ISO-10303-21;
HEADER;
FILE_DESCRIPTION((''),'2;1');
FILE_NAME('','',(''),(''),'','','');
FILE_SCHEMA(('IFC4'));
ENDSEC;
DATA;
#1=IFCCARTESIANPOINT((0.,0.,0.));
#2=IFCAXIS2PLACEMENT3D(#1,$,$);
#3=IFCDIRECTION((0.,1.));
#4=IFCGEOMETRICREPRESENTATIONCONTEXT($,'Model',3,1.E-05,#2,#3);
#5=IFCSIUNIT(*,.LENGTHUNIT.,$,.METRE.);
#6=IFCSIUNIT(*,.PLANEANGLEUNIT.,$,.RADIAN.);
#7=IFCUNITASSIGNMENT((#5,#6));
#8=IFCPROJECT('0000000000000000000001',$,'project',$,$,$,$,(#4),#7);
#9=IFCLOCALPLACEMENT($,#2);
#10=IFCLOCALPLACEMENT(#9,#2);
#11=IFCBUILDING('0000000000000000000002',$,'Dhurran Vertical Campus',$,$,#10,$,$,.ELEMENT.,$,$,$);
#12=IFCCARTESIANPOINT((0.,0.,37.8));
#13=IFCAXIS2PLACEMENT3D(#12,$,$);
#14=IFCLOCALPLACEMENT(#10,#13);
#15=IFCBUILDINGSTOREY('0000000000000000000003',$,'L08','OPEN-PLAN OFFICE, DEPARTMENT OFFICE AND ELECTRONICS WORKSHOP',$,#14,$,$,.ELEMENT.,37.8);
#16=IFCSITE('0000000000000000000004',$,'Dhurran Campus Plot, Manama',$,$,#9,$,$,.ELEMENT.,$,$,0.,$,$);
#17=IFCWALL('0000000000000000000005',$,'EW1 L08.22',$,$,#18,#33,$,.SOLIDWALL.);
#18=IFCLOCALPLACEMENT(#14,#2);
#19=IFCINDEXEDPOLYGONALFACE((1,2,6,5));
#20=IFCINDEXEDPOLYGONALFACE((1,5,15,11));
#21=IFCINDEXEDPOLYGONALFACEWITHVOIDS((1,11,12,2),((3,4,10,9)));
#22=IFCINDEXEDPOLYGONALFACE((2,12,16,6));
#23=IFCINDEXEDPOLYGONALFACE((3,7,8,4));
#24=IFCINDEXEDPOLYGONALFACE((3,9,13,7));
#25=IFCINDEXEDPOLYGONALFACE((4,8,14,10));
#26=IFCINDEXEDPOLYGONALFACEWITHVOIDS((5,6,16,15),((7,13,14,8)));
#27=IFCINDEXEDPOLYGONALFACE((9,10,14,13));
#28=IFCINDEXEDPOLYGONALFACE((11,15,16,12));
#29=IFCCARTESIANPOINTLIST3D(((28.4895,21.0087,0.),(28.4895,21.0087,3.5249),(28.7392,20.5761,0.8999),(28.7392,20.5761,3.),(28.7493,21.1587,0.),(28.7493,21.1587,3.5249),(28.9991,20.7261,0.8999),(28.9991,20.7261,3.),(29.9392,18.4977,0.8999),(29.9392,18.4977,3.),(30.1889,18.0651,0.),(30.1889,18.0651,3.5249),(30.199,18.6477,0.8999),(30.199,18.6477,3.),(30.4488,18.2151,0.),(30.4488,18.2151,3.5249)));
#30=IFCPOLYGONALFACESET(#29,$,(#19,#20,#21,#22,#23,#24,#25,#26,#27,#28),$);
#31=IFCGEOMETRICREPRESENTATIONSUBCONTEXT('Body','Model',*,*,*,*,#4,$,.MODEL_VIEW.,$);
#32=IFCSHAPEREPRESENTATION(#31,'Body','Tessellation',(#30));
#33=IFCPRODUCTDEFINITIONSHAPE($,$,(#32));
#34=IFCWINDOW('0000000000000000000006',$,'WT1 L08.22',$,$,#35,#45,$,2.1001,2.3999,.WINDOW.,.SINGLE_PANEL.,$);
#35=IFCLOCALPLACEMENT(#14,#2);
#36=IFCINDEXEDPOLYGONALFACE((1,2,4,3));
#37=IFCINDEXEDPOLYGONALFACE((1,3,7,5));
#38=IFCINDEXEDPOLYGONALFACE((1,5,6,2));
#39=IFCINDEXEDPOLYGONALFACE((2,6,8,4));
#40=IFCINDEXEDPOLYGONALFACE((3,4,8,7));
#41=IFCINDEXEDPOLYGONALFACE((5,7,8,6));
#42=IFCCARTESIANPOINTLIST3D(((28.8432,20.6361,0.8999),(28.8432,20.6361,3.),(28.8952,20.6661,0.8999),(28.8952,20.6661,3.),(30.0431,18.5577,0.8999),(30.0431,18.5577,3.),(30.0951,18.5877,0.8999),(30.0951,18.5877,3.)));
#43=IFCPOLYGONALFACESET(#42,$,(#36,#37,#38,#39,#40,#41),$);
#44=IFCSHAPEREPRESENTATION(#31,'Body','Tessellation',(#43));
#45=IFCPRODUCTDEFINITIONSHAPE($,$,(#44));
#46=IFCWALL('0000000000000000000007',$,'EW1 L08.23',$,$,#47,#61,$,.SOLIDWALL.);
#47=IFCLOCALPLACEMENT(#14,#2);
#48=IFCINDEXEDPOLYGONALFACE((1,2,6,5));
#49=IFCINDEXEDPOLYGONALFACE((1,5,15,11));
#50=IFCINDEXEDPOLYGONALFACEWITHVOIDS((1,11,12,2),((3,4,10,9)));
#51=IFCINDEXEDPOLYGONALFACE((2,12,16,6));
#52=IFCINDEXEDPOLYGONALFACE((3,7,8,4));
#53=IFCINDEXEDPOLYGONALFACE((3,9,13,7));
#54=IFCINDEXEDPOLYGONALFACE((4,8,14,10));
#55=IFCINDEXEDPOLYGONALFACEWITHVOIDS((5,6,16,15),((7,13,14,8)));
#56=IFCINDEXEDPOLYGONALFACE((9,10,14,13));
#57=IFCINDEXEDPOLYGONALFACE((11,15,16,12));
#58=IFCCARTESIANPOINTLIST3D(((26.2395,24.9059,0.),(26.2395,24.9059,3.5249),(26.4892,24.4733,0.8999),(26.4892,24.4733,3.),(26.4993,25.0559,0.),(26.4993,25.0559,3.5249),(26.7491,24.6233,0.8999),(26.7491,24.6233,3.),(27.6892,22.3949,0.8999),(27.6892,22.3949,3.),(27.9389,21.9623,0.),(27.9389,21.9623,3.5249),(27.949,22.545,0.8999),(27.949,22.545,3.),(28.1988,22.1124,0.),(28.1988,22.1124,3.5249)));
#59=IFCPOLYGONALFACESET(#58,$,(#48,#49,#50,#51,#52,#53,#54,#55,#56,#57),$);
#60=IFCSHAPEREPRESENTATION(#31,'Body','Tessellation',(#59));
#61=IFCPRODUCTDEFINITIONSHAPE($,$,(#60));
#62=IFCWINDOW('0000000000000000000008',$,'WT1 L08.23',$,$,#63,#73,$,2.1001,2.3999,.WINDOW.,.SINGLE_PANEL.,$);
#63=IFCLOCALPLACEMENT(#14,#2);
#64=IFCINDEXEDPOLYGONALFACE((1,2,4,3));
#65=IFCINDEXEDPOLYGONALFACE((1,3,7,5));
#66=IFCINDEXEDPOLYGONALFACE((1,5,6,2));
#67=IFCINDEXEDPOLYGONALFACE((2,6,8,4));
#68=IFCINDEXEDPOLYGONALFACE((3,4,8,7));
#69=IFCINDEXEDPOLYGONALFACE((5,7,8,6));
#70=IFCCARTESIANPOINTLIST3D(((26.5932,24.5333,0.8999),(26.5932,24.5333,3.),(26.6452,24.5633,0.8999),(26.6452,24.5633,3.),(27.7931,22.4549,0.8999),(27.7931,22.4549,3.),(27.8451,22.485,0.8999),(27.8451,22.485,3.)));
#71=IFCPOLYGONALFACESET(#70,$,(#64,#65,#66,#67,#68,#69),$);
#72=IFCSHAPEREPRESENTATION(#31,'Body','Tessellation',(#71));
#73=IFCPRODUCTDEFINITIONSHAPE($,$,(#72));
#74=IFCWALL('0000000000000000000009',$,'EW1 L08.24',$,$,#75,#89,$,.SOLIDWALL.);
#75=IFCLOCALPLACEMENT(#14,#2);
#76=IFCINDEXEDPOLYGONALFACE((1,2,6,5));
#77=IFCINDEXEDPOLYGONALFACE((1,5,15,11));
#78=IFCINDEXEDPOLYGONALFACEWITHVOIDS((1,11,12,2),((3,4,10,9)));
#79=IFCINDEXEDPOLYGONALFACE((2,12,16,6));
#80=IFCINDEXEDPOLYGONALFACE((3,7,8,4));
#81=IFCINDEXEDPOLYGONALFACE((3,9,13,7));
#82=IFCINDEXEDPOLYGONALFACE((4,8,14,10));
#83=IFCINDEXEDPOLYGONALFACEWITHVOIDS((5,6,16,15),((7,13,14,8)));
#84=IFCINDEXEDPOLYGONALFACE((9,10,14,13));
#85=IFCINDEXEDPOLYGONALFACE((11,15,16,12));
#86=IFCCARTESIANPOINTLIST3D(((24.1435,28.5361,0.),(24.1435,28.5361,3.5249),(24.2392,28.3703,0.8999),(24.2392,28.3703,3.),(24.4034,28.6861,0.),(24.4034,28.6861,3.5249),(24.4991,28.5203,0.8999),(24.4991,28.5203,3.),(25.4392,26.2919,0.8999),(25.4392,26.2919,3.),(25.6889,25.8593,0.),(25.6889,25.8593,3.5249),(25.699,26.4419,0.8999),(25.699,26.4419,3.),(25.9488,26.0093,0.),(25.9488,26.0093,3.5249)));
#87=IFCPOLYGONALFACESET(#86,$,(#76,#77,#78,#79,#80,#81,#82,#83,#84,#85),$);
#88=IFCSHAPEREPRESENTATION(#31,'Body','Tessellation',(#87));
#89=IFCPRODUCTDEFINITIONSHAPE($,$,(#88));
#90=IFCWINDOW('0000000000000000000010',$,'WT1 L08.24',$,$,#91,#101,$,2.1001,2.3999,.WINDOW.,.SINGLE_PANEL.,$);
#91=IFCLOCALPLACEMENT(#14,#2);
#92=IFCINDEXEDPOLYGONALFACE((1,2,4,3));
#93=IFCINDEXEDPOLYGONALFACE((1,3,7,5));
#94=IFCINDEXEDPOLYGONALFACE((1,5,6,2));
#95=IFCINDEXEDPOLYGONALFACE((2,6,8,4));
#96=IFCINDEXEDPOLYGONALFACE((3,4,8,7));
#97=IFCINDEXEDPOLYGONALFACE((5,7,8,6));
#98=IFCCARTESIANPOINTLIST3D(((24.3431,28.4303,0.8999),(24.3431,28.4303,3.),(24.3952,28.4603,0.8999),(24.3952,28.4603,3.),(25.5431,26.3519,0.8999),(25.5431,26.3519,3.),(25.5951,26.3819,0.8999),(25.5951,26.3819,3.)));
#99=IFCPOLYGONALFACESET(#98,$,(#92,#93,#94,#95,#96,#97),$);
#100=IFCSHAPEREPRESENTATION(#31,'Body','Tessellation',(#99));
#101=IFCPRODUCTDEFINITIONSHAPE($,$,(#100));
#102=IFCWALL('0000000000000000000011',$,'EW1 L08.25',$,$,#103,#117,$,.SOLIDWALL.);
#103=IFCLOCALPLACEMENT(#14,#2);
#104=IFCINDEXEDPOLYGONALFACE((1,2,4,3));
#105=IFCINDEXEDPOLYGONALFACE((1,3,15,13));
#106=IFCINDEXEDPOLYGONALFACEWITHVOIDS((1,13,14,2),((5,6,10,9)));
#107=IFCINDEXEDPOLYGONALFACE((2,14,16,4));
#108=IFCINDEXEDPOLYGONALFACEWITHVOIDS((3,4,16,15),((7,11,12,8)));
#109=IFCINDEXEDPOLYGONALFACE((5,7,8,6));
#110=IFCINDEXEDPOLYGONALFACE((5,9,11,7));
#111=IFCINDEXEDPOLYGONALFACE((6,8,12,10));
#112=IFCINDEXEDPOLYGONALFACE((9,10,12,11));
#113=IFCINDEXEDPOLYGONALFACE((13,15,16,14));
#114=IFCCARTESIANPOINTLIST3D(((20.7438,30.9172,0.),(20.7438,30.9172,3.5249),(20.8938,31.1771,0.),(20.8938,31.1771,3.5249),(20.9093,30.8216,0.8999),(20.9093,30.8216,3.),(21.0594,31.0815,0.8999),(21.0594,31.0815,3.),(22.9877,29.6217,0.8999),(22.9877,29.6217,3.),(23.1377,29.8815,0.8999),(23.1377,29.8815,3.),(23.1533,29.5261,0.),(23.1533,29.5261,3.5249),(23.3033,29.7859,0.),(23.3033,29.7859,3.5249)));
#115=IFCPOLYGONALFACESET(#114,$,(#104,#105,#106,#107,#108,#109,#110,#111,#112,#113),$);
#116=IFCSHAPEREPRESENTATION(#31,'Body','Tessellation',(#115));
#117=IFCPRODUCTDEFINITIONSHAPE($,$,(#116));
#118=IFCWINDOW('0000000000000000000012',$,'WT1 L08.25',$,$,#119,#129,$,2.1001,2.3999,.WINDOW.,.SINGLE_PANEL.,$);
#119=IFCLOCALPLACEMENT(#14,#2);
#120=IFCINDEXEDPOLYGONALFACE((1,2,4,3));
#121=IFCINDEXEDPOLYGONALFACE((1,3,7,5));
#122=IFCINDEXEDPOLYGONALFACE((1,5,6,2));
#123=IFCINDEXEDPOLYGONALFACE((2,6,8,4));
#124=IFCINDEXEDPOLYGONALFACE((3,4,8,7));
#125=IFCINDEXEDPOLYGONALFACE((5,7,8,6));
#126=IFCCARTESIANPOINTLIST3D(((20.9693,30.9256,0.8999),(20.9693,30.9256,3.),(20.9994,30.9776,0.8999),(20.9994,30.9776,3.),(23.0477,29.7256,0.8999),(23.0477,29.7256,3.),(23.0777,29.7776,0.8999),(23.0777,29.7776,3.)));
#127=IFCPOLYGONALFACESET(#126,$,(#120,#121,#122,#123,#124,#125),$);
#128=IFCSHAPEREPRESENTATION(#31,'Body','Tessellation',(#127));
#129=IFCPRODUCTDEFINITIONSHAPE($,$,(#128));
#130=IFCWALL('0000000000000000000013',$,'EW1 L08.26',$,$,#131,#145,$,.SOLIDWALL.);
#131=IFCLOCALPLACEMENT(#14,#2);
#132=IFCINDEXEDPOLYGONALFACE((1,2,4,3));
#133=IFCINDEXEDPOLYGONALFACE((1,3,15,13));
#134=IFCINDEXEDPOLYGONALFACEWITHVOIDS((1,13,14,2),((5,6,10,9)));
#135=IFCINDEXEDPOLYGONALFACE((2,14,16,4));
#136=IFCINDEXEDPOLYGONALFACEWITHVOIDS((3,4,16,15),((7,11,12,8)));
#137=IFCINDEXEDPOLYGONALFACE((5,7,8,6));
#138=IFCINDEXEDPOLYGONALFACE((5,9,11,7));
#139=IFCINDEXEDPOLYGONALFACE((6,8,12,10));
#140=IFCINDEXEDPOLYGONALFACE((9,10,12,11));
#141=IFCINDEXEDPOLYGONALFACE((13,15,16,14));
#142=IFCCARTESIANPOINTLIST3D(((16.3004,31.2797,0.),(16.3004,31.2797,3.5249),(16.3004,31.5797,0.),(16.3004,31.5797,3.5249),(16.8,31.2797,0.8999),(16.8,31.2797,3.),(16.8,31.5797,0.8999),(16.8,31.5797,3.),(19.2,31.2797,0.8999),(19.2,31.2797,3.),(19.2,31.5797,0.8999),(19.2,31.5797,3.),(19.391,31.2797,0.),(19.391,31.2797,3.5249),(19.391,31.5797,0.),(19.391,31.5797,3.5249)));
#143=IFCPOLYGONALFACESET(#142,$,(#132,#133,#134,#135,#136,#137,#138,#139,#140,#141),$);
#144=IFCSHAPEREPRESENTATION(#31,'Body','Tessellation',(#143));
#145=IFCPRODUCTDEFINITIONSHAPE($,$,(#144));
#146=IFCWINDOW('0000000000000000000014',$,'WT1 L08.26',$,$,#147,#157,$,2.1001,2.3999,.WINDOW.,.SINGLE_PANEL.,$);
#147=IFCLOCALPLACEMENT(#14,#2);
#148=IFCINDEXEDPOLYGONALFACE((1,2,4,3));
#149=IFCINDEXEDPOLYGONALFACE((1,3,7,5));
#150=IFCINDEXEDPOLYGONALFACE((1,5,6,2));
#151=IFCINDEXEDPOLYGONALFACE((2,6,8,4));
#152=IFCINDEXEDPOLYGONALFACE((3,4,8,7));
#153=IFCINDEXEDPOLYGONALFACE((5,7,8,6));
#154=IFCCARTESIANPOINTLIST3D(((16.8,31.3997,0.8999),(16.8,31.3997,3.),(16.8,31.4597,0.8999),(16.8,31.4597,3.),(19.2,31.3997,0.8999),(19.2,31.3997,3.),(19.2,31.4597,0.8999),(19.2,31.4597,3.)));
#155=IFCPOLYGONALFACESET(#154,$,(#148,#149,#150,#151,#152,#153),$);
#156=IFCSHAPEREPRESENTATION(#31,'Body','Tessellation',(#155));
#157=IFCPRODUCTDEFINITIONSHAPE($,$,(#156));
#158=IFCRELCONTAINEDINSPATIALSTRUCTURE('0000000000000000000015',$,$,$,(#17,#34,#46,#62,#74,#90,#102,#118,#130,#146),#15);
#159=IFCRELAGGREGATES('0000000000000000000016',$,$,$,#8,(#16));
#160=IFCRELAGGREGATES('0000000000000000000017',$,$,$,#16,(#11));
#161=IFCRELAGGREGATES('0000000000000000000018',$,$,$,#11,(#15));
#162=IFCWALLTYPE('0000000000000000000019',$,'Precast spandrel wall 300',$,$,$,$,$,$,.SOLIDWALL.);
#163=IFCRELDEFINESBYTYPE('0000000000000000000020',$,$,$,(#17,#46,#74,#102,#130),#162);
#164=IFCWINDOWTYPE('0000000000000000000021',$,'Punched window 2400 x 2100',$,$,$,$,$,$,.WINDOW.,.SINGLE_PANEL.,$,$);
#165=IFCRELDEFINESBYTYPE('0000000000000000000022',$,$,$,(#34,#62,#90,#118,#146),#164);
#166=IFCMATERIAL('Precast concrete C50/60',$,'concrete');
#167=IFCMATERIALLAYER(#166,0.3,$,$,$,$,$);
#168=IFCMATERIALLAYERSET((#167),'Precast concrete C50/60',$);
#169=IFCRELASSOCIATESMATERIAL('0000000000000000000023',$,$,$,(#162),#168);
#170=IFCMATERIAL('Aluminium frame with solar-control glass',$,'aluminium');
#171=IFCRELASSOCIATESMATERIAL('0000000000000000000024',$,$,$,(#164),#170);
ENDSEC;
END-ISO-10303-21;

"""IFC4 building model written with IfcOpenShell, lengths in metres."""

from ifc_helpers import new_model, si_unit, direction, frame, frame_2d, origin, place, context, subcontext, project, spatial, rectangle, extrude, material, layer, layer_set, type_object, element, fill, save


model = new_model("IFC4")

# Units and contexts
model_context = context("Model", 3, precision=1e-05, world=origin(), true_north=direction((0.0, 1.0)))
body_context = subcontext(model_context, "Body", "Model", "MODEL_VIEW")
ifc_project = project(units=[si_unit("LENGTHUNIT", "METRE"), si_unit("PLANEANGLEUNIT", "RADIAN")], contexts=[model_context])

# Site, building, storey
site_placement = place(None, origin())
site = spatial("IfcSite", under=ifc_project, at=site_placement, Name="Dhurran Campus Plot, Manama", CompositionType="ELEMENT", RefElevation=0.0)
building_placement = place(site_placement, origin())
building = spatial("IfcBuilding", under=site, at=building_placement, Name="Dhurran Vertical Campus", CompositionType="ELEMENT")
storey_placement = place(building_placement, frame((0.0, 0.0, 37.8)))
storey = spatial("IfcBuildingStorey", under=building, at=storey_placement, Name="L08", Description="OPEN-PLAN OFFICE, DEPARTMENT OFFICE AND ELECTRONICS WORKSHOP", CompositionType="ELEMENT", Elevation=37.8)

# Walls, openings, windows
ifc_material_1 = material(Name="Precast concrete C50/60", Category="concrete")
ifc_layer_1 = layer(ifc_material_1, 0.3)
ifc_layer_set_1 = layer_set([ifc_layer_1], Name="Precast concrete C50/60")
wall_type_1 = type_object("IfcWallType", Name="Precast spandrel wall 300", PredefinedType="SOLIDWALL", material=ifc_layer_set_1)
ifc_material_2 = material(Name="Aluminium frame with solar-control glass", Category="aluminium")
window_type = type_object("IfcWindowType", Name="Punched window 2400 x 2100", PartitioningType="SINGLE_PANEL", PredefinedType="WINDOW", material=ifc_material_2)
wall_1_placement = place(storey_placement, frame((30.3188, 18.1401, 0.0), z_axis=(0.0, 0.0, 1.0), x_axis=(-0.499994, 0.866029, 0.0)))
wall_1 = element("IfcWall", 1, at=wall_1_placement, inside=storey, type_object=wall_type_1, Name="EW1 L08.22", PredefinedType="SOLIDWALL", context=body_context, shape_type="SweptSolid", body=[
    extrude(rectangle(XDim=3.3989, YDim=0.3, at=frame_2d((1.6995, 0.0))), origin(), (0.0, 0.0, 1.0), 3.5249),
])
opening_1_placement = place(wall_1_placement, frame((0.4995, 0.0, 0.8999)))
opening_1 = element("IfcOpeningElement", 2, at=opening_1_placement, cuts=wall_1, PredefinedType="OPENING", context=body_context, shape_type="SweptSolid", body=[
    extrude(rectangle(XDim=2.3999, YDim=2.1001, at=frame_2d((1.2, 1.05))), frame((0.0, 0.1599, 0.0), z_axis=(0.0, -1.0, 0.0), x_axis=(1.0, 0.0, 0.0)), (0.0, 0.0, 1.0), 0.3201),
])
window_1_placement = place(opening_1_placement, origin())
window_1 = element("IfcWindow", 3, at=window_1_placement, inside=storey, type_object=window_type, Name="WT1 L08.22", OverallHeight=2.1001, OverallWidth=2.3999, PartitioningType="SINGLE_PANEL", PredefinedType="WINDOW", context=body_context, shape_type="SweptSolid", body=[
    extrude(rectangle(XDim=2.3999, YDim=2.1001, at=frame_2d((1.2, 1.05))), frame((0.0, 0.03, 0.0), z_axis=(0.0, -1.0, 0.0), x_axis=(1.0, 0.0, 0.0)), (0.0, 0.0, 1.0), 0.0601),
])
fill(opening_1, window_1)
wall_2_placement = place(storey_placement, frame((28.0688, 22.0374, 0.0), z_axis=(0.0, 0.0, 1.0), x_axis=(-0.499994, 0.866029, 0.0)))
wall_2 = element("IfcWall", 4, at=wall_2_placement, inside=storey, type_object=wall_type_1, Name="EW1 L08.23", PredefinedType="SOLIDWALL", context=body_context, shape_type="SweptSolid", body=[
    extrude(rectangle(XDim=3.3989, YDim=0.3, at=frame_2d((1.6995, 0.0))), origin(), (0.0, 0.0, 1.0), 3.5249),
])
opening_2_placement = place(wall_2_placement, frame((0.4995, 0.0, 0.8999)))
opening_2 = element("IfcOpeningElement", 5, at=opening_2_placement, cuts=wall_2, PredefinedType="OPENING", context=body_context, shape_type="SweptSolid", body=[
    extrude(rectangle(XDim=2.3999, YDim=2.1001, at=frame_2d((1.2, 1.05))), frame((0.0, 0.1599, 0.0), z_axis=(0.0, -1.0, 0.0), x_axis=(1.0, 0.0, 0.0)), (0.0, 0.0, 1.0), 0.3201),
])
window_2_placement = place(opening_2_placement, origin())
window_2 = element("IfcWindow", 6, at=window_2_placement, inside=storey, type_object=window_type, Name="WT1 L08.23", OverallHeight=2.1001, OverallWidth=2.3999, PartitioningType="SINGLE_PANEL", PredefinedType="WINDOW", context=body_context, shape_type="SweptSolid", body=[
    extrude(rectangle(XDim=2.3999, YDim=2.1001, at=frame_2d((1.2, 1.05))), frame((0.0, 0.03, 0.0), z_axis=(0.0, -1.0, 0.0), x_axis=(1.0, 0.0, 0.0)), (0.0, 0.0, 1.0), 0.0601),
])
fill(opening_2, window_2)
wall_3_placement = place(storey_placement, frame((25.8188, 25.9343, 0.0), z_axis=(0.0, 0.0, 1.0), x_axis=(-0.499996, 0.866028, 0.0)))
wall_3 = element("IfcWall", 7, at=wall_3_placement, inside=storey, type_object=wall_type_1, Name="EW1 L08.24", PredefinedType="SOLIDWALL", context=body_context, shape_type="SweptSolid", body=[
    extrude(rectangle(XDim=3.0908, YDim=0.3, at=frame_2d((1.5454, 0.0))), origin(), (0.0, 0.0, 1.0), 3.5249),
])
opening_3_placement = place(wall_3_placement, frame((0.4995, 0.0, 0.8999)))
opening_3 = element("IfcOpeningElement", 8, at=opening_3_placement, cuts=wall_3, PredefinedType="OPENING", context=body_context, shape_type="SweptSolid", body=[
    extrude(rectangle(XDim=2.3999, YDim=2.1001, at=frame_2d((1.2, 1.05))), frame((0.0, 0.1599, 0.0), z_axis=(0.0, -1.0, 0.0), x_axis=(1.0, 0.0, 0.0)), (0.0, 0.0, 1.0), 0.3201),
])
window_3_placement = place(opening_3_placement, origin())
window_3 = element("IfcWindow", 9, at=window_3_placement, inside=storey, type_object=window_type, Name="WT1 L08.24", OverallHeight=2.1001, OverallWidth=2.3999, PartitioningType="SINGLE_PANEL", PredefinedType="WINDOW", context=body_context, shape_type="SweptSolid", body=[
    extrude(rectangle(XDim=2.3999, YDim=2.1001, at=frame_2d((1.2, 1.05))), frame((0.0, 0.03, 0.0), z_axis=(0.0, -1.0, 0.0), x_axis=(1.0, 0.0, 0.0)), (0.0, 0.0, 1.0), 0.0601),
])
fill(opening_3, window_3)
wall_4_placement = place(storey_placement, frame((23.2283, 29.656, 0.0), z_axis=(0.0, 0.0, 1.0), x_axis=(-0.86602, 0.500009, 0.0)))
wall_4 = element("IfcWall", 10, at=wall_4_placement, inside=storey, type_object=wall_type_1, Name="EW1 L08.25", PredefinedType="SOLIDWALL", context=body_context, shape_type="SweptSolid", body=[
    extrude(rectangle(XDim=2.7822, YDim=0.3, at=frame_2d((1.3911, 0.0))), origin(), (0.0, 0.0, 1.0), 3.5249),
])
opening_4_placement = place(wall_4_placement, frame((0.1912, 0.0, 0.8999)))
opening_4 = element("IfcOpeningElement", 11, at=opening_4_placement, cuts=wall_4, PredefinedType="OPENING", context=body_context, shape_type="SweptSolid", body=[
    extrude(rectangle(XDim=2.3999, YDim=2.1001, at=frame_2d((1.2, 1.05))), frame((0.0, 0.1599, 0.0), z_axis=(0.0, -1.0, 0.0), x_axis=(1.0, 0.0, 0.0)), (0.0, 0.0, 1.0), 0.3201),
])
window_4_placement = place(opening_4_placement, origin())
window_4 = element("IfcWindow", 12, at=window_4_placement, inside=storey, type_object=window_type, Name="WT1 L08.25", OverallHeight=2.1001, OverallWidth=2.3999, PartitioningType="SINGLE_PANEL", PredefinedType="WINDOW", context=body_context, shape_type="SweptSolid", body=[
    extrude(rectangle(XDim=2.3999, YDim=2.1001, at=frame_2d((1.2, 1.05))), frame((0.0, 0.03, 0.0), z_axis=(0.0, -1.0, 0.0), x_axis=(1.0, 0.0, 0.0)), (0.0, 0.0, 1.0), 0.0601),
])
fill(opening_4, window_4)
wall_5_placement = place(storey_placement, frame((19.3911, 31.4297, 0.0), z_axis=(0.0, 0.0, 1.0), x_axis=(-1.0, 0.0, 0.0)))
wall_5 = element("IfcWall", 13, at=wall_5_placement, inside=storey, type_object=wall_type_1, Name="EW1 L08.26", PredefinedType="SOLIDWALL", context=body_context, shape_type="SweptSolid", body=[
    extrude(rectangle(XDim=3.0906, YDim=0.3, at=frame_2d((1.5454, 0.0))), origin(), (0.0, 0.0, 1.0), 3.5249),
])
opening_5_placement = place(wall_5_placement, frame((0.1912, 0.0, 0.8999)))
opening_5 = element("IfcOpeningElement", 14, at=opening_5_placement, cuts=wall_5, PredefinedType="OPENING", context=body_context, shape_type="SweptSolid", body=[
    extrude(rectangle(XDim=2.3999, YDim=2.1001, at=frame_2d((1.2, 1.05))), frame((0.0, 0.1599, 0.0), z_axis=(0.0, -1.0, 0.0), x_axis=(1.0, 0.0, 0.0)), (0.0, 0.0, 1.0), 0.3201),
])
window_5_placement = place(opening_5_placement, origin())
window_5 = element("IfcWindow", 15, at=window_5_placement, inside=storey, type_object=window_type, Name="WT1 L08.26", OverallHeight=2.1001, OverallWidth=2.3999, PartitioningType="SINGLE_PANEL", PredefinedType="WINDOW", context=body_context, shape_type="SweptSolid", body=[
    extrude(rectangle(XDim=2.3999, YDim=2.1001, at=frame_2d((1.2, 1.05))), frame((0.0, 0.03, 0.0), z_axis=(0.0, -1.0, 0.0), x_axis=(1.0, 0.0, 0.0)), (0.0, 0.0, 1.0), 0.0601),
])
fill(opening_5, window_5)

save(model, "model.ifc")
